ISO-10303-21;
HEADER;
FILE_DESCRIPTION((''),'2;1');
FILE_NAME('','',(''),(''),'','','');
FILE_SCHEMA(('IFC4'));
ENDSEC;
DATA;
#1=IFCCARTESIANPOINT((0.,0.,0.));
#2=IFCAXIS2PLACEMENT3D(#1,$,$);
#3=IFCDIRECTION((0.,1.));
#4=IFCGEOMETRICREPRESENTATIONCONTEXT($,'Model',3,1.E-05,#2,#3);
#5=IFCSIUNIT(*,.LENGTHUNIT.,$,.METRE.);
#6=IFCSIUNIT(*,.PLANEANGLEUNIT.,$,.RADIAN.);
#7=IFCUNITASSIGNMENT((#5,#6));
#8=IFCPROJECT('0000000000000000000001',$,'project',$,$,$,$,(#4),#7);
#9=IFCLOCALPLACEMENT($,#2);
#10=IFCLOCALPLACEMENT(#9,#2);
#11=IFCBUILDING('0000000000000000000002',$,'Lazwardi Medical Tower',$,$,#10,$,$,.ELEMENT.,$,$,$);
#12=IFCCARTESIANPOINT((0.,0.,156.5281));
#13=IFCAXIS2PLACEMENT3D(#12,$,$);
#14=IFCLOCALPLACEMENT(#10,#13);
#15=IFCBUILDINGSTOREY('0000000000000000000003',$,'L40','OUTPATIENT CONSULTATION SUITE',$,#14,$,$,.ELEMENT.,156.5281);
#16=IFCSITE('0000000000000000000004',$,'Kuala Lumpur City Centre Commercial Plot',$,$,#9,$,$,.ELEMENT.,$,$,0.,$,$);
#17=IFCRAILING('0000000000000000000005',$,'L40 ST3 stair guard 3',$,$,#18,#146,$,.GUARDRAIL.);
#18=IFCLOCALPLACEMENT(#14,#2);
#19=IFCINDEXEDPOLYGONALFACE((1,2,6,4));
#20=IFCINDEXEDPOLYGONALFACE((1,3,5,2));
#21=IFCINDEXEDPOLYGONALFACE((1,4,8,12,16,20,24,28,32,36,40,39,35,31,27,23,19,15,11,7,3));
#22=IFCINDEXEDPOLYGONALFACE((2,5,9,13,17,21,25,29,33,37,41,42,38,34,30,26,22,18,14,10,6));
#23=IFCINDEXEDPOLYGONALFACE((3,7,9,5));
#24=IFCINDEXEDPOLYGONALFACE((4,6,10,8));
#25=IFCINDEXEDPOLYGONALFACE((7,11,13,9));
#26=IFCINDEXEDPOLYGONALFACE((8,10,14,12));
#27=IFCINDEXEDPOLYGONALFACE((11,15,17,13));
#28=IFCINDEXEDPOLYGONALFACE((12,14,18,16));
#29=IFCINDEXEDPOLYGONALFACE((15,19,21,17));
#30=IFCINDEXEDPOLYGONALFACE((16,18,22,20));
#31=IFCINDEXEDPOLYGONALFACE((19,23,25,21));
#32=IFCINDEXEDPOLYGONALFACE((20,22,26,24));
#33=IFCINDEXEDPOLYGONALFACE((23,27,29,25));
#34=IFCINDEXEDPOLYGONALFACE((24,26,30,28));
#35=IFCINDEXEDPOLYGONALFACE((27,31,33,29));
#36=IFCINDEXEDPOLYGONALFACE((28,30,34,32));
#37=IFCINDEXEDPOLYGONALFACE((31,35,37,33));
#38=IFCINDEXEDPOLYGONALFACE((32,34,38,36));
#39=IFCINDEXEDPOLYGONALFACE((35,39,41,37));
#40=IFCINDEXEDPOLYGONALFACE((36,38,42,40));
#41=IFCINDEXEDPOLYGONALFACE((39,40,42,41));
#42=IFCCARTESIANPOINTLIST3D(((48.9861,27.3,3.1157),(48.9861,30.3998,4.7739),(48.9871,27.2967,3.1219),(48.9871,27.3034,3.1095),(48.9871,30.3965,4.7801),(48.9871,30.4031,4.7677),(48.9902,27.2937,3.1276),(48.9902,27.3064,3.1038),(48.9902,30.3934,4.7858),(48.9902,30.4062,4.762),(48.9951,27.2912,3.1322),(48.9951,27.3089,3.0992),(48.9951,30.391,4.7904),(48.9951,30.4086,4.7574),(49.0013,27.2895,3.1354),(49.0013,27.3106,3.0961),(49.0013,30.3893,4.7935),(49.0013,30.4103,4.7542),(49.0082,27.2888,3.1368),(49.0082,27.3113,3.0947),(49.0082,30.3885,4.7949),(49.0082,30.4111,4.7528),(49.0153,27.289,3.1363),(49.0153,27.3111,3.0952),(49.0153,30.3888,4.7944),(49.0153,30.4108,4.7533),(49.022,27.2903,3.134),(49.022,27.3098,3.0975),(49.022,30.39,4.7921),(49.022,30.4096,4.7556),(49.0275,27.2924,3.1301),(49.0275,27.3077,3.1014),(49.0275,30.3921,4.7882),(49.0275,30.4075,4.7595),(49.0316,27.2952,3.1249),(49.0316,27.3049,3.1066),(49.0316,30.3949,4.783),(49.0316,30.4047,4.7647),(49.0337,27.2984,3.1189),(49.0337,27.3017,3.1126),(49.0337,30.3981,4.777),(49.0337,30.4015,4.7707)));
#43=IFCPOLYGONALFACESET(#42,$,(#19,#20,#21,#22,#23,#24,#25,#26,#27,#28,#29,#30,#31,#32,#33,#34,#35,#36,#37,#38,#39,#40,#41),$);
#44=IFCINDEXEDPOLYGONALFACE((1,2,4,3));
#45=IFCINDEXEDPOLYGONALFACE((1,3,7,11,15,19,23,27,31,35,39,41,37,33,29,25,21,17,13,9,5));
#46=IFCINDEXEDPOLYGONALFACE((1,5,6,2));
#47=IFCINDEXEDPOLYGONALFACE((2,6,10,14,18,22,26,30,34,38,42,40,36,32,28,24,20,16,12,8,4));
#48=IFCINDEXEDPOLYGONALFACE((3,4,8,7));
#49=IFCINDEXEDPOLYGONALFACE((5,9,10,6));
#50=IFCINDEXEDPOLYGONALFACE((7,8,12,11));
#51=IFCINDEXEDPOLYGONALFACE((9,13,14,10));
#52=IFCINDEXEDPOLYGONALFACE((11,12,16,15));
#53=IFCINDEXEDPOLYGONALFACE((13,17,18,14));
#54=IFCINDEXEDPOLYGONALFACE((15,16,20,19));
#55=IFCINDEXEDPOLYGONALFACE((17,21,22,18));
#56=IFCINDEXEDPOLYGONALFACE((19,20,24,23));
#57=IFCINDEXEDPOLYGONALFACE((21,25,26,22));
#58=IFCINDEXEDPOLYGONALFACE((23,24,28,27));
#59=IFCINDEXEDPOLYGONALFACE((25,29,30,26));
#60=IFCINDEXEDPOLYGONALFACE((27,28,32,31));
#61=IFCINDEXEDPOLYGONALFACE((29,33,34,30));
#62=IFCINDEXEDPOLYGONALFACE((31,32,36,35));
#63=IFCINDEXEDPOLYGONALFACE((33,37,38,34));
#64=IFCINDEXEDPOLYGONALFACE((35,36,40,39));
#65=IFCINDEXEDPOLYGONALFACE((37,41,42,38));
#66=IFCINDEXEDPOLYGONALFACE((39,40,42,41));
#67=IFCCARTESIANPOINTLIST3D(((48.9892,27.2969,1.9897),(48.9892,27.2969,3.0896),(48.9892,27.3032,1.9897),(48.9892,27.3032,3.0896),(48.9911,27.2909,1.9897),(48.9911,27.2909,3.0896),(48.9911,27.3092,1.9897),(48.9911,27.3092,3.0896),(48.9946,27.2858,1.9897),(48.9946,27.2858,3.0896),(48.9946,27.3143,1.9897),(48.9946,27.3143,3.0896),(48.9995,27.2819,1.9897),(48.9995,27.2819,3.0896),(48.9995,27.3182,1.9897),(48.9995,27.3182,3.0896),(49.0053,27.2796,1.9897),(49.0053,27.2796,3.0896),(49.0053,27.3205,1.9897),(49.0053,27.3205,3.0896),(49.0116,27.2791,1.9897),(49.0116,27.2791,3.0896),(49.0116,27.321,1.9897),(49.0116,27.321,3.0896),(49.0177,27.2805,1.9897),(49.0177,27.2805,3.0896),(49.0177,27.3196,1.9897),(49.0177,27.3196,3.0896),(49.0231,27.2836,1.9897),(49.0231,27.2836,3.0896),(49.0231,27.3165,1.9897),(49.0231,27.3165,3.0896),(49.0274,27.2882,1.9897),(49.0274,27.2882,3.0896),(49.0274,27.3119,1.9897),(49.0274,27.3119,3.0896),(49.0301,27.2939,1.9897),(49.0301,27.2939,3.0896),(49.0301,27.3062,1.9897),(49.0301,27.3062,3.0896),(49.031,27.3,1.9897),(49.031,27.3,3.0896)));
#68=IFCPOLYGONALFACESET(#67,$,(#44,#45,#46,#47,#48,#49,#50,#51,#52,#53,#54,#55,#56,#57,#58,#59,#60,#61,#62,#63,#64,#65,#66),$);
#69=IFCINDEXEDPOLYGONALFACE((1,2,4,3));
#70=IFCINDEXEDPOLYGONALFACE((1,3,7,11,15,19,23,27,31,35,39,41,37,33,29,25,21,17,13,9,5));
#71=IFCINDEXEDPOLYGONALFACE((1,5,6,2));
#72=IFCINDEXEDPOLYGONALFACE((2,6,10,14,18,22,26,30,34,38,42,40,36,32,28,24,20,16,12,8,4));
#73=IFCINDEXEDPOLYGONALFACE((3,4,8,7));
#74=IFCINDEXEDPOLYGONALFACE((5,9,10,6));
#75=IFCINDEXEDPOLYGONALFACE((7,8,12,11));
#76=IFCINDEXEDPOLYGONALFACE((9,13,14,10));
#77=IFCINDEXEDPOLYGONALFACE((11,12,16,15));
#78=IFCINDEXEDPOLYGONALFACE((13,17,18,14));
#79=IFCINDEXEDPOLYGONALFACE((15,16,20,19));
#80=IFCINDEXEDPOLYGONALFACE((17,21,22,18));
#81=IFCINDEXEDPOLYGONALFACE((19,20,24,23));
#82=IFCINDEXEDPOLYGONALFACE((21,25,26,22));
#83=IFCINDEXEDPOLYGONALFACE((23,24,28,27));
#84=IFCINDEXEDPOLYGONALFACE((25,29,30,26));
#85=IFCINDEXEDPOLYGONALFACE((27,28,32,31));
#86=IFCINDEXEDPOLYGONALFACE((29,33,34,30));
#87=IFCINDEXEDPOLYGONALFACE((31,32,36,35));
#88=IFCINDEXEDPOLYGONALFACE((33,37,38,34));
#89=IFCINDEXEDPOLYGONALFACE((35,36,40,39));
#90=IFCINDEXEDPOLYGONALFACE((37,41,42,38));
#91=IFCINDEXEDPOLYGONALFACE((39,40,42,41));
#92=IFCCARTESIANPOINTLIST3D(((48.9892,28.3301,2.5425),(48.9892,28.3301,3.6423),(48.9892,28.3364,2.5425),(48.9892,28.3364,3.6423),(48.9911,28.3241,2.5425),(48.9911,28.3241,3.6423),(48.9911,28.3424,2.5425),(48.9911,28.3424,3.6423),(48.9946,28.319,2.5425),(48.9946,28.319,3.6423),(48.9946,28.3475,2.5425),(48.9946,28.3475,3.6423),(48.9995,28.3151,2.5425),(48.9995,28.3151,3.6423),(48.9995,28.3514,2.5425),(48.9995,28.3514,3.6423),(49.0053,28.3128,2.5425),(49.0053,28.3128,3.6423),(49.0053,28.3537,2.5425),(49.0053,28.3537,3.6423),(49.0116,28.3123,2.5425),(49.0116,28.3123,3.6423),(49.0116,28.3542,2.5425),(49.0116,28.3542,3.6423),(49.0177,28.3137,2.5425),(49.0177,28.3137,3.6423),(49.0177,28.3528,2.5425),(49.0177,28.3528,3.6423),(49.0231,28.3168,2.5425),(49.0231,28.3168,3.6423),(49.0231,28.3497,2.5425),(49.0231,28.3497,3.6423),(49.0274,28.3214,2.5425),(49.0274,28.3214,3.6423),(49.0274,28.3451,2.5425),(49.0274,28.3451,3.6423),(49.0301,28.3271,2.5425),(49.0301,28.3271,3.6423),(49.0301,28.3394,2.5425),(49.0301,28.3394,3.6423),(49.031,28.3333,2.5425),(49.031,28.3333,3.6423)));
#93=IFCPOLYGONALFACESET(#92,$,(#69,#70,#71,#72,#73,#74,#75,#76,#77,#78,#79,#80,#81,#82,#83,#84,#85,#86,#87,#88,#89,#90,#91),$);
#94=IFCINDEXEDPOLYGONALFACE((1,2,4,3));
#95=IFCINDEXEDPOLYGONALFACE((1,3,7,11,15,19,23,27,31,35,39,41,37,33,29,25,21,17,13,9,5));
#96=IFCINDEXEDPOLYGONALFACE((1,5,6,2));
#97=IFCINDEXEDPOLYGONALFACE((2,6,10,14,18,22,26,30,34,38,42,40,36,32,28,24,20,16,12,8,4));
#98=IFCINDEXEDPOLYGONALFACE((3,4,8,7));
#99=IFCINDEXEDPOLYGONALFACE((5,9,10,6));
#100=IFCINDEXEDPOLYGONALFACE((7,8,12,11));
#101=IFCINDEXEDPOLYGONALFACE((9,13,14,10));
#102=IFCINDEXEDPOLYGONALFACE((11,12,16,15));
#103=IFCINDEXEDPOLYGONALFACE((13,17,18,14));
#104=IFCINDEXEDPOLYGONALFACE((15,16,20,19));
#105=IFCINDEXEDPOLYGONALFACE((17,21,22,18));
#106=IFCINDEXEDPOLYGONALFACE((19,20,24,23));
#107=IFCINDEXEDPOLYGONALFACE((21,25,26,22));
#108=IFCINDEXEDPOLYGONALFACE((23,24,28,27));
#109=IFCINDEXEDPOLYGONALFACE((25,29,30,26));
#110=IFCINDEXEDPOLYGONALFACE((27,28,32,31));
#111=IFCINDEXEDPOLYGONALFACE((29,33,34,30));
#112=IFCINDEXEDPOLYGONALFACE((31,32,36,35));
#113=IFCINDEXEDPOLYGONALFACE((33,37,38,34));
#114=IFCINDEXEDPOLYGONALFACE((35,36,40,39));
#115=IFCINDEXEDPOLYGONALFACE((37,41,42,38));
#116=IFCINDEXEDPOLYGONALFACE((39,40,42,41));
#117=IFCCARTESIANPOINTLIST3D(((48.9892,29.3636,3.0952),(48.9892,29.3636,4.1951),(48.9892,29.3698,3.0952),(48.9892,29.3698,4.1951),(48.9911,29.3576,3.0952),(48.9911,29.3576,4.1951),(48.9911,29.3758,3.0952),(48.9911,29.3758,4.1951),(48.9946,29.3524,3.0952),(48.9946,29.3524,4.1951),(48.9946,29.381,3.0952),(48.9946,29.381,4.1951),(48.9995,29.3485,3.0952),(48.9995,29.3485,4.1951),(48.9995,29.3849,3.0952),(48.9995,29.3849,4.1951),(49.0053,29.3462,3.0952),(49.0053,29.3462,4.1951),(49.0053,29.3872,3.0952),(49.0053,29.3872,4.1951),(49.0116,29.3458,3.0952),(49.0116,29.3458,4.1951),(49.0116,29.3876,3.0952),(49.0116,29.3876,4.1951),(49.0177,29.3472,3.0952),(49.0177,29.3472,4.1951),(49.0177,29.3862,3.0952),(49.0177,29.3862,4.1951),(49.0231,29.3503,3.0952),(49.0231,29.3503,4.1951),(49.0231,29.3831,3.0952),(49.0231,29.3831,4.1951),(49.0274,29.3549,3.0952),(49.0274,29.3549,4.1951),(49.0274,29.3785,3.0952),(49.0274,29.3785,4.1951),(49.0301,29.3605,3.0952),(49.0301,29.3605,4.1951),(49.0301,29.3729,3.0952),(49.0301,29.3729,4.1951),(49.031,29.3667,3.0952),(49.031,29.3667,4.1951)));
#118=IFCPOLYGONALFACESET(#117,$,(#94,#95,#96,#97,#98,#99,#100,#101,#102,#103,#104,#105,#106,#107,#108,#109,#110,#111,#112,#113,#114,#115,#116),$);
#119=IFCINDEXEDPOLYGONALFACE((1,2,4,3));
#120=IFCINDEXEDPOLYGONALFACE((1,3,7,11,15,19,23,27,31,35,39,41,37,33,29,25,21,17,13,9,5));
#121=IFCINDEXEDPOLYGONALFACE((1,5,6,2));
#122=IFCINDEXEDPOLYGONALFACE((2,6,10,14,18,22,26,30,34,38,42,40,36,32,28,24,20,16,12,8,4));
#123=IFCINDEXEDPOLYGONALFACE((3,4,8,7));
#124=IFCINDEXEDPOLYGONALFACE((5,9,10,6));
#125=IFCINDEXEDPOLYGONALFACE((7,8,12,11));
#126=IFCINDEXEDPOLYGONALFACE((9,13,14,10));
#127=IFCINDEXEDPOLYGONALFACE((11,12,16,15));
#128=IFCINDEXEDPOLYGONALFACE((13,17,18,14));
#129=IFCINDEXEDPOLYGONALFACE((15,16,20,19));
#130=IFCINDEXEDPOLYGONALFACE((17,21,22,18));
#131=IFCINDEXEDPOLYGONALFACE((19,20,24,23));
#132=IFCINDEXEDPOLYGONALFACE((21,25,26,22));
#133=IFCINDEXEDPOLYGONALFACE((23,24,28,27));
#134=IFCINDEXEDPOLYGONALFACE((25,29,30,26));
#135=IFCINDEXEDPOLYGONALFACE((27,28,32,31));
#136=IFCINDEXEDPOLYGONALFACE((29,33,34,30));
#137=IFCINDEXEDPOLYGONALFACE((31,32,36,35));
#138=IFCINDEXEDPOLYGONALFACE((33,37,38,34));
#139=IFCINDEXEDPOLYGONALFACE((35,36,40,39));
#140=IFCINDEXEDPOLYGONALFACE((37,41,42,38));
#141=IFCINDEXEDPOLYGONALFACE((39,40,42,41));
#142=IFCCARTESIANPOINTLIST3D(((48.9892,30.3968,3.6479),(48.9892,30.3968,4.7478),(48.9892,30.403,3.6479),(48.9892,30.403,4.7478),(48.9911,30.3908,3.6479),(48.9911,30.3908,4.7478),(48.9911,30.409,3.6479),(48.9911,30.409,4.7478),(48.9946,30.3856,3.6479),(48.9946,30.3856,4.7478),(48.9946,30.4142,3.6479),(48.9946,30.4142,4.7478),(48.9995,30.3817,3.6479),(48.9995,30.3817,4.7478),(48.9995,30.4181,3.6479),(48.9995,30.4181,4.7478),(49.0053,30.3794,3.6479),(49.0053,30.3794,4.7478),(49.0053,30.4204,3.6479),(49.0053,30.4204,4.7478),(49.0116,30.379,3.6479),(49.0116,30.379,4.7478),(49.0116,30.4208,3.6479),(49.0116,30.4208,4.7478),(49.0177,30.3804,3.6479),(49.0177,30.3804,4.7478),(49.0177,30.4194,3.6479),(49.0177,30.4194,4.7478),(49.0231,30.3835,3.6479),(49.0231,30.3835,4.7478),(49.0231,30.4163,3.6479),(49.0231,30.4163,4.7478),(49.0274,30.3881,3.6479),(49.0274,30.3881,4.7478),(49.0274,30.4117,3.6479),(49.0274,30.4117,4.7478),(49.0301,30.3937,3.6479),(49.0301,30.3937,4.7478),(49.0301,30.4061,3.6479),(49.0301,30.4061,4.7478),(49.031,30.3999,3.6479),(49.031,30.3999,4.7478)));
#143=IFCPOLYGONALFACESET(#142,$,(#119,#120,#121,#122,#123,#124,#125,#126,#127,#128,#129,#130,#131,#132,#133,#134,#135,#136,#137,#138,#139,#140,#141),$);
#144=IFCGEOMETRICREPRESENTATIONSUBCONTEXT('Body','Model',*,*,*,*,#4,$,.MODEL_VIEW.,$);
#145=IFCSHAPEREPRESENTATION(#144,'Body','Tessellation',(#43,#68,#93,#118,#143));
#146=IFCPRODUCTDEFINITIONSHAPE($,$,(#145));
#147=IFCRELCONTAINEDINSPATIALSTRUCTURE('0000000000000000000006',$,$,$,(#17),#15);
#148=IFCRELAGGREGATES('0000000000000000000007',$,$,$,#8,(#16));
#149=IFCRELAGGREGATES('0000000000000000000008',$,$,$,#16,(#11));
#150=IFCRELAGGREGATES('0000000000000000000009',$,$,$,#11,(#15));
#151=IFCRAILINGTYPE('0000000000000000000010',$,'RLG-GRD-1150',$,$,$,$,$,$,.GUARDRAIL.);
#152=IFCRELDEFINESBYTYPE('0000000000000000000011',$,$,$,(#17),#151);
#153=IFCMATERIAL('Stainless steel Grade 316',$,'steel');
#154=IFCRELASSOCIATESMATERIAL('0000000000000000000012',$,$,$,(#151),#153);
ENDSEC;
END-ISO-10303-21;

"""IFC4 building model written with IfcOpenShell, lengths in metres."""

from ifc_helpers import new_model, si_unit, direction, frame, origin, origin_2d, place, context, subcontext, project, spatial, circle, extrude, material, type_object, element, save


model = new_model("IFC4")

# Units and contexts
model_context = context("Model", 3, precision=1e-05, world=origin(), true_north=direction((0.0, 1.0)))
body_context = subcontext(model_context, "Body", "Model", "MODEL_VIEW")
ifc_project = project(units=[si_unit("LENGTHUNIT", "METRE"), si_unit("PLANEANGLEUNIT", "RADIAN")], contexts=[model_context])

# Site, building, storey
site_placement = place(None, origin())
site = spatial("IfcSite", under=ifc_project, at=site_placement, Name="Kuala Lumpur City Centre Commercial Plot", CompositionType="ELEMENT", RefElevation=0.0)
building_placement = place(site_placement, origin())
building = spatial("IfcBuilding", under=site, at=building_placement, Name="Lazwardi Medical Tower", CompositionType="ELEMENT")
storey_placement = place(building_placement, frame((0.0, 0.0, 156.5281)))
storey = spatial("IfcBuildingStorey", under=building, at=storey_placement, Name="L40", Description="OUTPATIENT CONSULTATION SUITE", CompositionType="ELEMENT", Elevation=156.5281)

# Railing
ifc_material_1 = material(Name="Stainless steel Grade 316", Category="steel")
railing_type_1 = type_object("IfcRailingType", Name="RLG-GRD-1150", PredefinedType="GUARDRAIL", material=ifc_material_1)
railing_1_placement = place(storey_placement, frame((49.01, 27.3, 1.9897)))
element("IfcRailing", 1, at=railing_1_placement, inside=storey, type_object=railing_type_1, Name="L40 ST3 stair guard 3", PredefinedType="GUARDRAIL", context=body_context, shape_type="SweptSolid", body=[
    extrude(circle(Radius=0.0239, at=origin_2d()), frame((0.0, 0.0, 1.126), z_axis=(0.0, 0.881768, 0.471684), x_axis=(-1.0, 0.0, 0.0)), (0.0, 0.0, 1.0), 3.5154),
    extrude(circle(Radius=0.021, at=origin_2d()), origin(), (0.0, 0.0, 1.0), 1.0999),
    extrude(circle(Radius=0.021, at=origin_2d()), frame((0.0, 1.0332, 0.5527)), (0.0, 0.0, 1.0), 1.0999),
    extrude(circle(Radius=0.021, at=origin_2d()), frame((0.0, 2.0667, 1.1055)), (0.0, 0.0, 1.0), 1.0999),
    extrude(circle(Radius=0.021, at=origin_2d()), frame((0.0, 3.0999, 1.6582)), (0.0, 0.0, 1.0), 1.0999),
])

save(model, "model.ifc")
